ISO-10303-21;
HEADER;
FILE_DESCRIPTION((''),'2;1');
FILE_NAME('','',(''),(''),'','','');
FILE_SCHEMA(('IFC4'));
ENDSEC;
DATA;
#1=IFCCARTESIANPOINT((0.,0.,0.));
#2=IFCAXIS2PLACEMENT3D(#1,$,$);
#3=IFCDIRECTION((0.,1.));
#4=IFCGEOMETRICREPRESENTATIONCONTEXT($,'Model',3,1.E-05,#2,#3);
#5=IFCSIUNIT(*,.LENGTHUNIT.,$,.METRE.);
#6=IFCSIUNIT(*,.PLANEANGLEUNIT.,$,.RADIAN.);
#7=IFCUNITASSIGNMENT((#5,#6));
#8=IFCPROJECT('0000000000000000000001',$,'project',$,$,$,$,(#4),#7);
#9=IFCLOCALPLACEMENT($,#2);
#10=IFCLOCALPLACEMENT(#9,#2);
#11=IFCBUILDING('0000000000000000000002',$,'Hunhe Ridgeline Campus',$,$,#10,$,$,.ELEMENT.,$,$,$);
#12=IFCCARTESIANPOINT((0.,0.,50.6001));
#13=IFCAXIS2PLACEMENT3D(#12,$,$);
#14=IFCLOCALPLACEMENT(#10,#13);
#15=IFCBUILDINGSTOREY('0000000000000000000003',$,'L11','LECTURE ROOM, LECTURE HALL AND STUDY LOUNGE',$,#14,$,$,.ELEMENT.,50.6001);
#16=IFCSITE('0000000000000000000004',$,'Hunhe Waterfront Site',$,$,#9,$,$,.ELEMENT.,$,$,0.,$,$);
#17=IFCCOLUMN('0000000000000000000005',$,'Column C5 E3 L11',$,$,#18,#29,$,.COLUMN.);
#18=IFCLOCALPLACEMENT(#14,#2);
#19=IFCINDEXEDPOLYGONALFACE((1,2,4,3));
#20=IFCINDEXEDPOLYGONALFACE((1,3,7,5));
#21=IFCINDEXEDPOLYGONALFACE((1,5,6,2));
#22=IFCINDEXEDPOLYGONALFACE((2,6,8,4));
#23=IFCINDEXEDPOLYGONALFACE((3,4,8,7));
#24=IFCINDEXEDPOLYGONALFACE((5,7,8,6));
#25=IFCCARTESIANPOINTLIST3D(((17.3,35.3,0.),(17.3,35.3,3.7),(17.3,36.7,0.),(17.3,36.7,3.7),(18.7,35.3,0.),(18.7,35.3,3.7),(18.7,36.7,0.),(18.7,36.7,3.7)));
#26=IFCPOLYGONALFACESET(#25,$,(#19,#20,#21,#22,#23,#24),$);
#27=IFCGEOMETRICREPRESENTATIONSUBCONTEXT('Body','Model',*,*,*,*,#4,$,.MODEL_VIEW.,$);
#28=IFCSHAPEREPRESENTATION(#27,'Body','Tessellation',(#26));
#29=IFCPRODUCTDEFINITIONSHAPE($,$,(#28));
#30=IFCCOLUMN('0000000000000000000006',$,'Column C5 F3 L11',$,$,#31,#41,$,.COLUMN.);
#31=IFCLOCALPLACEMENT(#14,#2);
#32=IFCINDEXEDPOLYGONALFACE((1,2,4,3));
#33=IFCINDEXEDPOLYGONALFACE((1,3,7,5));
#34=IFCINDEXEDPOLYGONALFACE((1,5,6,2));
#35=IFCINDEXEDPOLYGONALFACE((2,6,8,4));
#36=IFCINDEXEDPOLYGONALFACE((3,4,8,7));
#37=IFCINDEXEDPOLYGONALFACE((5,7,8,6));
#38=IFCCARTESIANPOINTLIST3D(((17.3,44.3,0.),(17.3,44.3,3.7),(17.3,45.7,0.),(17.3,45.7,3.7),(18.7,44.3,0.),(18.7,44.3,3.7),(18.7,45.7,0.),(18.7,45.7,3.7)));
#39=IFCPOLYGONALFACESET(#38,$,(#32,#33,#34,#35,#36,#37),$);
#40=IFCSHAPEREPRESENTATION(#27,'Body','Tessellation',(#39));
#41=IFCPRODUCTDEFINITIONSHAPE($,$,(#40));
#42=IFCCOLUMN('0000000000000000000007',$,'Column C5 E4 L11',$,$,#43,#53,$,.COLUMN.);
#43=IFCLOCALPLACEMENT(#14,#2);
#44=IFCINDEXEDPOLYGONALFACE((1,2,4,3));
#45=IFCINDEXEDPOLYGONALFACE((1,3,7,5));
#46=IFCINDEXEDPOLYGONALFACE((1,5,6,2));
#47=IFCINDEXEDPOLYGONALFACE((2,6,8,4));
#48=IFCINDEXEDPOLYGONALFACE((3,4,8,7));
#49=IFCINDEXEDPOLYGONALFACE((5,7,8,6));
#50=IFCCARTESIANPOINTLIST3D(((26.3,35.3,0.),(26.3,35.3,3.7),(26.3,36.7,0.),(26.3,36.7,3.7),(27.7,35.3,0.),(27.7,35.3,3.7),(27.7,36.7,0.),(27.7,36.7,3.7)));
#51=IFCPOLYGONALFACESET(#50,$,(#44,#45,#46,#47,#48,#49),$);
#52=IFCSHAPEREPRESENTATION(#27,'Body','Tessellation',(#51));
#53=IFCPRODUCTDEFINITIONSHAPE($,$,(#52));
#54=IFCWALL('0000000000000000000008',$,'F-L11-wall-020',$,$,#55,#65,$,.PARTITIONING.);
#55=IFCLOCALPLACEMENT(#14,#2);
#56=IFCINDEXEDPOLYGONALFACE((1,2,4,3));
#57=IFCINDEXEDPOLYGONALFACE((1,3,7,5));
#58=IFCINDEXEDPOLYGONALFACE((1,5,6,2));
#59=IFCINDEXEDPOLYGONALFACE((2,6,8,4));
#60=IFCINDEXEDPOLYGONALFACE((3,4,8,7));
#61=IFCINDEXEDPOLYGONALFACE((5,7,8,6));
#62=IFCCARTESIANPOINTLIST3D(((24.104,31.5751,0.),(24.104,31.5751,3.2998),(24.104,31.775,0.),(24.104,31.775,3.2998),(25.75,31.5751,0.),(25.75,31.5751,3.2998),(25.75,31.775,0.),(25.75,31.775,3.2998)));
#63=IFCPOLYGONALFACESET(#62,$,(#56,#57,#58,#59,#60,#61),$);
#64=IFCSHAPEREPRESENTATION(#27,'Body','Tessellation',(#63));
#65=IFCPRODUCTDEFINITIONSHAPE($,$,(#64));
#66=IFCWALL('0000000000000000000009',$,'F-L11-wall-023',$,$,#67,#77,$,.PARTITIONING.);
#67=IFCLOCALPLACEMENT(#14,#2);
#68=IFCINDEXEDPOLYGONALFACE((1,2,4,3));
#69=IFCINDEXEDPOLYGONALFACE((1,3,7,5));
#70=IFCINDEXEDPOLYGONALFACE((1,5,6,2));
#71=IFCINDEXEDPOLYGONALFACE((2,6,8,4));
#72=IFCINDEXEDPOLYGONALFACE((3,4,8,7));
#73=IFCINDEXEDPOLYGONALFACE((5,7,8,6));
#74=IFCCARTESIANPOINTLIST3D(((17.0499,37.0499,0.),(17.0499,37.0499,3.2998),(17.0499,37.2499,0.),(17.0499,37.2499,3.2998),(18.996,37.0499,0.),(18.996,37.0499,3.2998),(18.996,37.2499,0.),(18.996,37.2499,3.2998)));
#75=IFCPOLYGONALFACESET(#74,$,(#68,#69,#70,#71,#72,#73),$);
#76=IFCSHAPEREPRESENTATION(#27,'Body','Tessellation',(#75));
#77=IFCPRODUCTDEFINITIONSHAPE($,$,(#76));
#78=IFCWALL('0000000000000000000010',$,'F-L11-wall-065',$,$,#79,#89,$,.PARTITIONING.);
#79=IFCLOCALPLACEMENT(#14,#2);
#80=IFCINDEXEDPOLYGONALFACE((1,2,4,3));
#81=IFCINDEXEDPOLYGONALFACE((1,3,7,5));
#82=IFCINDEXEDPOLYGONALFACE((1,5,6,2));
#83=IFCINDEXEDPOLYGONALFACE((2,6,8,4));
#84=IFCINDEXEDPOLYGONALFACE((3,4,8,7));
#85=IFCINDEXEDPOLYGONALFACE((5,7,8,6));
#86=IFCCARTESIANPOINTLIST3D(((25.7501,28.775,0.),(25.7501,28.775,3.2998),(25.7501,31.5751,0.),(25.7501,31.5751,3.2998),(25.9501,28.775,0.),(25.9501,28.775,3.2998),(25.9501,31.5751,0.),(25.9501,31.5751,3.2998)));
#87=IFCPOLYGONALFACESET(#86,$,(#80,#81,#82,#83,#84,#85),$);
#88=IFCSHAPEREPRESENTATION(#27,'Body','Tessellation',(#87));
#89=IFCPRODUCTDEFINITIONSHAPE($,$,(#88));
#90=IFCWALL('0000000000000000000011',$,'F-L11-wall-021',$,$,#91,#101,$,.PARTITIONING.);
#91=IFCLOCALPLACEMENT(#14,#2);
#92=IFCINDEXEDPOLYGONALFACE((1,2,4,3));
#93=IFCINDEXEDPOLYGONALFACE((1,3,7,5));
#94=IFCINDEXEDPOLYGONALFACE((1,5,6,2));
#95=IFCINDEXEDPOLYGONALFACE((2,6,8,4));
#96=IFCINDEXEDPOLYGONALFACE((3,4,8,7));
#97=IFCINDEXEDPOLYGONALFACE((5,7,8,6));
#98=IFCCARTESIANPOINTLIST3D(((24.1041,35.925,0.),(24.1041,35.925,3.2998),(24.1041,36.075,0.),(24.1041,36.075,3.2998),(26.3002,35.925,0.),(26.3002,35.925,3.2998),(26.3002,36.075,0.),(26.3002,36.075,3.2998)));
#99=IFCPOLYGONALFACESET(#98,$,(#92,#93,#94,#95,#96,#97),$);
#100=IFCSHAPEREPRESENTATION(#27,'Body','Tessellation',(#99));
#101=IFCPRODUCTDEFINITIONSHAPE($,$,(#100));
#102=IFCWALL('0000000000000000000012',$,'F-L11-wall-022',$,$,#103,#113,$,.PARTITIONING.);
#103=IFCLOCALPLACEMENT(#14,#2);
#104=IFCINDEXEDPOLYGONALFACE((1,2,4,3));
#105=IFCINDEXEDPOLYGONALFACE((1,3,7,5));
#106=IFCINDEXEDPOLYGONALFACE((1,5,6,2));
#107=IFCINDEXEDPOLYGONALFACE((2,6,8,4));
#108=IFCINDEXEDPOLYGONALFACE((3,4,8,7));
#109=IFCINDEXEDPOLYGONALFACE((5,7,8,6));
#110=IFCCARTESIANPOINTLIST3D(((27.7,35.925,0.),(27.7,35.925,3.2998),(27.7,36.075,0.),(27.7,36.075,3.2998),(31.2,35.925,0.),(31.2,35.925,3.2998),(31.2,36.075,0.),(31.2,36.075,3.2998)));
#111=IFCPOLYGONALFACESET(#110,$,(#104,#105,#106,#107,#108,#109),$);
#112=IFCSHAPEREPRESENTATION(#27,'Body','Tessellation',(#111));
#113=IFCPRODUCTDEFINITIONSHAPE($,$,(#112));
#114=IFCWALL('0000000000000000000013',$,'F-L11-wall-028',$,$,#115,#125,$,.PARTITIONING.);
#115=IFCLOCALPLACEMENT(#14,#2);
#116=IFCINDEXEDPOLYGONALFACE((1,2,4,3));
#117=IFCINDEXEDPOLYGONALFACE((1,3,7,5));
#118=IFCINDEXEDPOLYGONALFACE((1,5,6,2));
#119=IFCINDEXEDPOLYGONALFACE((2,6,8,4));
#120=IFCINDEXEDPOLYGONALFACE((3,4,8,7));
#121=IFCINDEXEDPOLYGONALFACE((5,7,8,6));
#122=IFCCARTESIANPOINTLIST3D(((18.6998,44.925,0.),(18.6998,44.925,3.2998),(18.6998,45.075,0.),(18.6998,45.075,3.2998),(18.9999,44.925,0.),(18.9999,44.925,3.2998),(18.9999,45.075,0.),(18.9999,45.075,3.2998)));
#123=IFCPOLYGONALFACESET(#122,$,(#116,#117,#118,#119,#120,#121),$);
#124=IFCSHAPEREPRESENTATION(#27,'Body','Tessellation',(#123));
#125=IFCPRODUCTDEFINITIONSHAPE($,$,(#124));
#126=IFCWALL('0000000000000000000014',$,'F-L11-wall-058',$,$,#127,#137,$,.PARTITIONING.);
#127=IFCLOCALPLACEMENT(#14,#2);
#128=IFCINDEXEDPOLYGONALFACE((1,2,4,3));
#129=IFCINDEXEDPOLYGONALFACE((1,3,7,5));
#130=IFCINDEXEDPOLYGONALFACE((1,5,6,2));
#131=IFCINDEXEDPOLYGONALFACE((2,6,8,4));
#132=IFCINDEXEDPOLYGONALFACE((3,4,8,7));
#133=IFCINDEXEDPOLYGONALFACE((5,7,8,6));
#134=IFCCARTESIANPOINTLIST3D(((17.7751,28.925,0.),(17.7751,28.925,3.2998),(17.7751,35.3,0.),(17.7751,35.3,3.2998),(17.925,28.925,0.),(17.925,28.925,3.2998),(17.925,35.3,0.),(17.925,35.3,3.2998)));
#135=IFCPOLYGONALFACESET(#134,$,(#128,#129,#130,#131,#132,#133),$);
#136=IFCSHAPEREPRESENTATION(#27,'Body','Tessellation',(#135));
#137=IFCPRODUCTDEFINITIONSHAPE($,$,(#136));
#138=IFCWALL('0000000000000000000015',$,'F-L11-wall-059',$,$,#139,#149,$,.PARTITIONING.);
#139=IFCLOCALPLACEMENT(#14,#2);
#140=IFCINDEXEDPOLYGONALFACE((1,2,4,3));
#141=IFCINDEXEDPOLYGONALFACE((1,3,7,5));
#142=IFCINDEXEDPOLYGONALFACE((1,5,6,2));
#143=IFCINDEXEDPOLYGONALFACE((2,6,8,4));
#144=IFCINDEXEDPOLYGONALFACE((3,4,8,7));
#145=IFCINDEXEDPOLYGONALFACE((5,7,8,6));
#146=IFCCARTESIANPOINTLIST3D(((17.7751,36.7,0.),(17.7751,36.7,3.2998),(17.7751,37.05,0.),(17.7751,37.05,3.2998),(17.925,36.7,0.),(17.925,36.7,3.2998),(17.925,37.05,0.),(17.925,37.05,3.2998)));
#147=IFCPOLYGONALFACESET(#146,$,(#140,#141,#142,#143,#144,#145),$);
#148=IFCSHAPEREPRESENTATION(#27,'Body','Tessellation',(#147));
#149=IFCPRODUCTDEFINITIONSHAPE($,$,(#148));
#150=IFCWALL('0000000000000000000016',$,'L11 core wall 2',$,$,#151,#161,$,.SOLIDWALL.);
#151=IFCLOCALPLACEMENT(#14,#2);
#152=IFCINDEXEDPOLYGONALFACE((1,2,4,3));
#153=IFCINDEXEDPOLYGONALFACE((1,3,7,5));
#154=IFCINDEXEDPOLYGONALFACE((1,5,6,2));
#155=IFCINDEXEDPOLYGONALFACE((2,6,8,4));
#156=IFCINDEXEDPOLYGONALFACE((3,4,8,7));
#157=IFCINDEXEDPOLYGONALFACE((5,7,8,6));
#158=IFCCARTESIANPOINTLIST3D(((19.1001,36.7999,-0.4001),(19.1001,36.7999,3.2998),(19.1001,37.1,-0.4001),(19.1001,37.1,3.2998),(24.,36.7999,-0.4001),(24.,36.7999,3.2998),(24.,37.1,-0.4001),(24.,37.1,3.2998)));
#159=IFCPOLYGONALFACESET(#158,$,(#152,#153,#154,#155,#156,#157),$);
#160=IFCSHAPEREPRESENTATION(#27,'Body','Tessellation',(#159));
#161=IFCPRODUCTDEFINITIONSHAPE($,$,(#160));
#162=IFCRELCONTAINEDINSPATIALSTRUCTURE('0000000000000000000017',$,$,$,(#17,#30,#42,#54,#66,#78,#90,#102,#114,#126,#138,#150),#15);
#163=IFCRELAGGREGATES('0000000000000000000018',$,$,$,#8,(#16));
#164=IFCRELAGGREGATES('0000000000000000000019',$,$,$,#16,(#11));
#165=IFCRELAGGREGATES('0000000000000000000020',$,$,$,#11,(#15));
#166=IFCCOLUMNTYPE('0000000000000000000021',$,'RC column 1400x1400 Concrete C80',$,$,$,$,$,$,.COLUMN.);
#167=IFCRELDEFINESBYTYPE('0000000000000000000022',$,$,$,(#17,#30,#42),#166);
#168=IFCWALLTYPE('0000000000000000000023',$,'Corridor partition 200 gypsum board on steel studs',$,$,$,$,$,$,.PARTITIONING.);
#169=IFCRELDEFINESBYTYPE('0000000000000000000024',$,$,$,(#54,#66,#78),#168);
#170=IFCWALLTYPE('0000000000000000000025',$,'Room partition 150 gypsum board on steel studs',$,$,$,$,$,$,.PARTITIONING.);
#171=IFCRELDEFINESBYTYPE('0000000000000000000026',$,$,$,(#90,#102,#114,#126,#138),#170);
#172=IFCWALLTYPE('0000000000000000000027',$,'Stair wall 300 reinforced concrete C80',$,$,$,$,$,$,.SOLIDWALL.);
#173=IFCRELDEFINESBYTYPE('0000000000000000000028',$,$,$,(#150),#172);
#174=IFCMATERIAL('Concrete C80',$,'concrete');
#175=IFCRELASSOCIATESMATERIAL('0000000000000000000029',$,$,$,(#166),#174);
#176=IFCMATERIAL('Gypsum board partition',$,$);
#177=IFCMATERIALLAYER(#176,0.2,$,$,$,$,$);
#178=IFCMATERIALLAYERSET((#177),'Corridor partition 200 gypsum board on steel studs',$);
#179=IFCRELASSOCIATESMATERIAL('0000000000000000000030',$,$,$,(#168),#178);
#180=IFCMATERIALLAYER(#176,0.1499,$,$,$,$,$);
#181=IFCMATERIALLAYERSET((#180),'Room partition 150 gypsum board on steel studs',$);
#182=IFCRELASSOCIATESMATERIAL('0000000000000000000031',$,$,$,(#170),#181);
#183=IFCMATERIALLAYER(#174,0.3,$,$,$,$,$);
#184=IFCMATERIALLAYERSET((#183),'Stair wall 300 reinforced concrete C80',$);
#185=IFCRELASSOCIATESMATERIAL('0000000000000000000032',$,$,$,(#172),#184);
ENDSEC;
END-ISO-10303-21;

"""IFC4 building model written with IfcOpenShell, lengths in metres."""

from ifc_helpers import new_model, si_unit, direction, frame, frame_2d, origin, origin_2d, place, context, subcontext, project, spatial, rectangle, extrude, material, layer, layer_set, material_profile, profile_set, type_object, element, save


model = new_model("IFC4")

# Units and contexts
model_context = context("Model", 3, precision=1e-05, world=origin(), true_north=direction((0.0, 1.0)))
body_context = subcontext(model_context, "Body", "Model", "MODEL_VIEW")
ifc_project = project(units=[si_unit("LENGTHUNIT", "METRE"), si_unit("PLANEANGLEUNIT", "RADIAN")], contexts=[model_context])

# Site, building, storey
site_placement = place(None, origin())
site = spatial("IfcSite", under=ifc_project, at=site_placement, Name="Hunhe Waterfront Site", CompositionType="ELEMENT", RefElevation=0.0)
building_placement = place(site_placement, origin())
building = spatial("IfcBuilding", under=site, at=building_placement, Name="Hunhe Ridgeline Campus", CompositionType="ELEMENT")
storey_placement = place(building_placement, frame((0.0, 0.0, 50.6001)))
storey = spatial("IfcBuildingStorey", under=building, at=storey_placement, Name="L11", Description="LECTURE ROOM, LECTURE HALL AND STUDY LOUNGE", CompositionType="ELEMENT", Elevation=50.6001)

# Columns
ifc_material_1 = material(Name="Concrete C80", Category="concrete")
ifc_material_profile = material_profile(ifc_material_1, rectangle(XDim=1.3999, YDim=1.3999, at=origin_2d()))
ifc_profile_set = profile_set([ifc_material_profile], Name="Concrete C80")
column_type = type_object("IfcColumnType", Name="RC column 1400x1400 Concrete C80", PredefinedType="COLUMN", material=ifc_profile_set)
for number, where, z_axis, x_axis, name in (
    (1, (18.0, 36.0, 0.0), (0.0, 0.0, 1.0), (1.0, 0.0, 0.0), "Column C5 E3 L11"),
    (2, (18.0, 45.0, 0.0), (0.0, 0.0, 1.0), (1.0, 0.0, 0.0), "Column C5 F3 L11"),
    (3, (27.0, 36.0, 0.0), (0.0, 0.0, 1.0), (1.0, 0.0, 0.0), "Column C5 E4 L11"),
):
    element("IfcColumn", number, at=place(storey_placement, frame(where, z_axis=z_axis, x_axis=x_axis)), inside=storey, type_object=column_type, Name=name, PredefinedType="COLUMN", context=body_context, shape_type="SweptSolid", body=[
        extrude(rectangle(XDim=1.3999, YDim=1.3999, at=origin_2d()), origin(), (0.0, 0.0, 1.0), 3.7),
    ])

# Walls
ifc_material_2 = material(Name="Gypsum board partition")
ifc_layer_1 = layer(ifc_material_2, 0.2)
ifc_layer_set_1 = layer_set([ifc_layer_1], Name="Corridor partition 200 gypsum board on steel studs")
wall_type_1 = type_object("IfcWallType", Name="Corridor partition 200 gypsum board on steel studs", PredefinedType="PARTITIONING", material=ifc_layer_set_1)
wall_1_placement = place(storey_placement, frame((24.104, 31.675, 0.0), z_axis=(0.0, 0.0, 1.0), x_axis=(1.0, 0.0, 0.0)))
element("IfcWall", 4, at=wall_1_placement, inside=storey, type_object=wall_type_1, Name="F-L11-wall-020", PredefinedType="PARTITIONING", context=body_context, shape_type="SweptSolid", body=[
    extrude(rectangle(XDim=1.646, YDim=0.2, at=frame_2d((0.823, 0.0))), origin(), (0.0, 0.0, 1.0), 3.2998),
])
wall_2_placement = place(storey_placement, frame((18.9961, 37.1499, 0.0), z_axis=(0.0, 0.0, 1.0), x_axis=(-1.0, 0.0, 0.0)))
element("IfcWall", 5, at=wall_2_placement, inside=storey, type_object=wall_type_1, Name="F-L11-wall-023", PredefinedType="PARTITIONING", context=body_context, shape_type="SweptSolid", body=[
    extrude(rectangle(XDim=1.946, YDim=0.2, at=frame_2d((0.9731, 0.0))), origin(), (0.0, 0.0, 1.0), 3.2998),
])

# Walls
wall_3_placement = place(storey_placement, frame((25.8501, 31.575, 0.0), z_axis=(0.0, 0.0, 1.0), x_axis=(0.0, -1.0, 0.0)))
element("IfcWall", 6, at=wall_3_placement, inside=storey, type_object=wall_type_1, Name="F-L11-wall-065", PredefinedType="PARTITIONING", context=body_context, shape_type="SweptSolid", body=[
    extrude(rectangle(XDim=2.8, YDim=0.2, at=frame_2d((1.3999, 0.0))), origin(), (0.0, 0.0, 1.0), 3.2998),
])
ifc_layer_2 = layer(ifc_material_2, 0.1499)
ifc_layer_set_2 = layer_set([ifc_layer_2], Name="Room partition 150 gypsum board on steel studs")
wall_type_2 = type_object("IfcWallType", Name="Room partition 150 gypsum board on steel studs", PredefinedType="PARTITIONING", material=ifc_layer_set_2)
wall_4_placement = place(storey_placement, frame((24.104, 36.0, 0.0), z_axis=(0.0, 0.0, 1.0), x_axis=(1.0, 0.0, 0.0)))
element("IfcWall", 7, at=wall_4_placement, inside=storey, type_object=wall_type_2, Name="F-L11-wall-021", PredefinedType="PARTITIONING", context=body_context, shape_type="SweptSolid", body=[
    extrude(rectangle(XDim=2.196, YDim=0.1499, at=frame_2d((1.0981, 0.0))), origin(), (0.0, 0.0, 1.0), 3.2998),
])
wall_5_placement = place(storey_placement, frame((27.7, 36.0, 0.0), z_axis=(0.0, 0.0, 1.0), x_axis=(1.0, 0.0, 0.0)))
element("IfcWall", 8, at=wall_5_placement, inside=storey, type_object=wall_type_2, Name="F-L11-wall-022", PredefinedType="PARTITIONING", context=body_context, shape_type="SweptSolid", body=[
    extrude(rectangle(XDim=3.5, YDim=0.1499, at=frame_2d((1.75, 0.0))), origin(), (0.0, 0.0, 1.0), 3.2998),
])
wall_6_placement = place(storey_placement, frame((18.7, 45.0, 0.0), z_axis=(0.0, 0.0, 1.0), x_axis=(1.0, 0.0, 0.0)))
element("IfcWall", 9, at=wall_6_placement, inside=storey, type_object=wall_type_2, Name="F-L11-wall-028", PredefinedType="PARTITIONING", context=body_context, shape_type="SweptSolid", body=[
    extrude(rectangle(XDim=0.3, YDim=0.1499, at=frame_2d((0.1499, 0.0))), origin(), (0.0, 0.0, 1.0), 3.2998),
])
wall_7_placement = place(storey_placement, frame((17.8501, 35.3, 0.0), z_axis=(0.0, 0.0, 1.0), x_axis=(0.0, -1.0, 0.0)))
element("IfcWall", 10, at=wall_7_placement, inside=storey, type_object=wall_type_2, Name="F-L11-wall-058", PredefinedType="PARTITIONING", context=body_context, shape_type="SweptSolid", body=[
    extrude(rectangle(XDim=6.375, YDim=0.1499, at=frame_2d((3.1875, 0.0))), origin(), (0.0, 0.0, 1.0), 3.2998),
])
wall_8_placement = place(storey_placement, frame((17.8501, 37.05, 0.0), z_axis=(0.0, 0.0, 1.0), x_axis=(0.0, -1.0, 0.0)))
element("IfcWall", 11, at=wall_8_placement, inside=storey, type_object=wall_type_2, Name="F-L11-wall-059", PredefinedType="PARTITIONING", context=body_context, shape_type="SweptSolid", body=[
    extrude(rectangle(XDim=0.3501, YDim=0.1499, at=frame_2d((0.175, 0.0))), origin(), (0.0, 0.0, 1.0), 3.2998),
])
ifc_layer_3 = layer(ifc_material_1, 0.3)
ifc_layer_set_3 = layer_set([ifc_layer_3], Name="Stair wall 300 reinforced concrete C80")
wall_type_3 = type_object("IfcWallType", Name="Stair wall 300 reinforced concrete C80", PredefinedType="SOLIDWALL", material=ifc_layer_set_3)
wall_9_placement = place(storey_placement, frame((19.1001, 36.95, -0.4001), z_axis=(0.0, 0.0, 1.0), x_axis=(1.0, 0.0, 0.0)))
element("IfcWall", 12, at=wall_9_placement, inside=storey, type_object=wall_type_3, Name="L11 core wall 2", PredefinedType="SOLIDWALL", context=body_context, shape_type="SweptSolid", body=[
    extrude(rectangle(XDim=4.8999, YDim=0.3, at=frame_2d((2.45, 0.0))), origin(), (0.0, 0.0, 1.0), 3.7),
])

save(model, "model.ifc")
